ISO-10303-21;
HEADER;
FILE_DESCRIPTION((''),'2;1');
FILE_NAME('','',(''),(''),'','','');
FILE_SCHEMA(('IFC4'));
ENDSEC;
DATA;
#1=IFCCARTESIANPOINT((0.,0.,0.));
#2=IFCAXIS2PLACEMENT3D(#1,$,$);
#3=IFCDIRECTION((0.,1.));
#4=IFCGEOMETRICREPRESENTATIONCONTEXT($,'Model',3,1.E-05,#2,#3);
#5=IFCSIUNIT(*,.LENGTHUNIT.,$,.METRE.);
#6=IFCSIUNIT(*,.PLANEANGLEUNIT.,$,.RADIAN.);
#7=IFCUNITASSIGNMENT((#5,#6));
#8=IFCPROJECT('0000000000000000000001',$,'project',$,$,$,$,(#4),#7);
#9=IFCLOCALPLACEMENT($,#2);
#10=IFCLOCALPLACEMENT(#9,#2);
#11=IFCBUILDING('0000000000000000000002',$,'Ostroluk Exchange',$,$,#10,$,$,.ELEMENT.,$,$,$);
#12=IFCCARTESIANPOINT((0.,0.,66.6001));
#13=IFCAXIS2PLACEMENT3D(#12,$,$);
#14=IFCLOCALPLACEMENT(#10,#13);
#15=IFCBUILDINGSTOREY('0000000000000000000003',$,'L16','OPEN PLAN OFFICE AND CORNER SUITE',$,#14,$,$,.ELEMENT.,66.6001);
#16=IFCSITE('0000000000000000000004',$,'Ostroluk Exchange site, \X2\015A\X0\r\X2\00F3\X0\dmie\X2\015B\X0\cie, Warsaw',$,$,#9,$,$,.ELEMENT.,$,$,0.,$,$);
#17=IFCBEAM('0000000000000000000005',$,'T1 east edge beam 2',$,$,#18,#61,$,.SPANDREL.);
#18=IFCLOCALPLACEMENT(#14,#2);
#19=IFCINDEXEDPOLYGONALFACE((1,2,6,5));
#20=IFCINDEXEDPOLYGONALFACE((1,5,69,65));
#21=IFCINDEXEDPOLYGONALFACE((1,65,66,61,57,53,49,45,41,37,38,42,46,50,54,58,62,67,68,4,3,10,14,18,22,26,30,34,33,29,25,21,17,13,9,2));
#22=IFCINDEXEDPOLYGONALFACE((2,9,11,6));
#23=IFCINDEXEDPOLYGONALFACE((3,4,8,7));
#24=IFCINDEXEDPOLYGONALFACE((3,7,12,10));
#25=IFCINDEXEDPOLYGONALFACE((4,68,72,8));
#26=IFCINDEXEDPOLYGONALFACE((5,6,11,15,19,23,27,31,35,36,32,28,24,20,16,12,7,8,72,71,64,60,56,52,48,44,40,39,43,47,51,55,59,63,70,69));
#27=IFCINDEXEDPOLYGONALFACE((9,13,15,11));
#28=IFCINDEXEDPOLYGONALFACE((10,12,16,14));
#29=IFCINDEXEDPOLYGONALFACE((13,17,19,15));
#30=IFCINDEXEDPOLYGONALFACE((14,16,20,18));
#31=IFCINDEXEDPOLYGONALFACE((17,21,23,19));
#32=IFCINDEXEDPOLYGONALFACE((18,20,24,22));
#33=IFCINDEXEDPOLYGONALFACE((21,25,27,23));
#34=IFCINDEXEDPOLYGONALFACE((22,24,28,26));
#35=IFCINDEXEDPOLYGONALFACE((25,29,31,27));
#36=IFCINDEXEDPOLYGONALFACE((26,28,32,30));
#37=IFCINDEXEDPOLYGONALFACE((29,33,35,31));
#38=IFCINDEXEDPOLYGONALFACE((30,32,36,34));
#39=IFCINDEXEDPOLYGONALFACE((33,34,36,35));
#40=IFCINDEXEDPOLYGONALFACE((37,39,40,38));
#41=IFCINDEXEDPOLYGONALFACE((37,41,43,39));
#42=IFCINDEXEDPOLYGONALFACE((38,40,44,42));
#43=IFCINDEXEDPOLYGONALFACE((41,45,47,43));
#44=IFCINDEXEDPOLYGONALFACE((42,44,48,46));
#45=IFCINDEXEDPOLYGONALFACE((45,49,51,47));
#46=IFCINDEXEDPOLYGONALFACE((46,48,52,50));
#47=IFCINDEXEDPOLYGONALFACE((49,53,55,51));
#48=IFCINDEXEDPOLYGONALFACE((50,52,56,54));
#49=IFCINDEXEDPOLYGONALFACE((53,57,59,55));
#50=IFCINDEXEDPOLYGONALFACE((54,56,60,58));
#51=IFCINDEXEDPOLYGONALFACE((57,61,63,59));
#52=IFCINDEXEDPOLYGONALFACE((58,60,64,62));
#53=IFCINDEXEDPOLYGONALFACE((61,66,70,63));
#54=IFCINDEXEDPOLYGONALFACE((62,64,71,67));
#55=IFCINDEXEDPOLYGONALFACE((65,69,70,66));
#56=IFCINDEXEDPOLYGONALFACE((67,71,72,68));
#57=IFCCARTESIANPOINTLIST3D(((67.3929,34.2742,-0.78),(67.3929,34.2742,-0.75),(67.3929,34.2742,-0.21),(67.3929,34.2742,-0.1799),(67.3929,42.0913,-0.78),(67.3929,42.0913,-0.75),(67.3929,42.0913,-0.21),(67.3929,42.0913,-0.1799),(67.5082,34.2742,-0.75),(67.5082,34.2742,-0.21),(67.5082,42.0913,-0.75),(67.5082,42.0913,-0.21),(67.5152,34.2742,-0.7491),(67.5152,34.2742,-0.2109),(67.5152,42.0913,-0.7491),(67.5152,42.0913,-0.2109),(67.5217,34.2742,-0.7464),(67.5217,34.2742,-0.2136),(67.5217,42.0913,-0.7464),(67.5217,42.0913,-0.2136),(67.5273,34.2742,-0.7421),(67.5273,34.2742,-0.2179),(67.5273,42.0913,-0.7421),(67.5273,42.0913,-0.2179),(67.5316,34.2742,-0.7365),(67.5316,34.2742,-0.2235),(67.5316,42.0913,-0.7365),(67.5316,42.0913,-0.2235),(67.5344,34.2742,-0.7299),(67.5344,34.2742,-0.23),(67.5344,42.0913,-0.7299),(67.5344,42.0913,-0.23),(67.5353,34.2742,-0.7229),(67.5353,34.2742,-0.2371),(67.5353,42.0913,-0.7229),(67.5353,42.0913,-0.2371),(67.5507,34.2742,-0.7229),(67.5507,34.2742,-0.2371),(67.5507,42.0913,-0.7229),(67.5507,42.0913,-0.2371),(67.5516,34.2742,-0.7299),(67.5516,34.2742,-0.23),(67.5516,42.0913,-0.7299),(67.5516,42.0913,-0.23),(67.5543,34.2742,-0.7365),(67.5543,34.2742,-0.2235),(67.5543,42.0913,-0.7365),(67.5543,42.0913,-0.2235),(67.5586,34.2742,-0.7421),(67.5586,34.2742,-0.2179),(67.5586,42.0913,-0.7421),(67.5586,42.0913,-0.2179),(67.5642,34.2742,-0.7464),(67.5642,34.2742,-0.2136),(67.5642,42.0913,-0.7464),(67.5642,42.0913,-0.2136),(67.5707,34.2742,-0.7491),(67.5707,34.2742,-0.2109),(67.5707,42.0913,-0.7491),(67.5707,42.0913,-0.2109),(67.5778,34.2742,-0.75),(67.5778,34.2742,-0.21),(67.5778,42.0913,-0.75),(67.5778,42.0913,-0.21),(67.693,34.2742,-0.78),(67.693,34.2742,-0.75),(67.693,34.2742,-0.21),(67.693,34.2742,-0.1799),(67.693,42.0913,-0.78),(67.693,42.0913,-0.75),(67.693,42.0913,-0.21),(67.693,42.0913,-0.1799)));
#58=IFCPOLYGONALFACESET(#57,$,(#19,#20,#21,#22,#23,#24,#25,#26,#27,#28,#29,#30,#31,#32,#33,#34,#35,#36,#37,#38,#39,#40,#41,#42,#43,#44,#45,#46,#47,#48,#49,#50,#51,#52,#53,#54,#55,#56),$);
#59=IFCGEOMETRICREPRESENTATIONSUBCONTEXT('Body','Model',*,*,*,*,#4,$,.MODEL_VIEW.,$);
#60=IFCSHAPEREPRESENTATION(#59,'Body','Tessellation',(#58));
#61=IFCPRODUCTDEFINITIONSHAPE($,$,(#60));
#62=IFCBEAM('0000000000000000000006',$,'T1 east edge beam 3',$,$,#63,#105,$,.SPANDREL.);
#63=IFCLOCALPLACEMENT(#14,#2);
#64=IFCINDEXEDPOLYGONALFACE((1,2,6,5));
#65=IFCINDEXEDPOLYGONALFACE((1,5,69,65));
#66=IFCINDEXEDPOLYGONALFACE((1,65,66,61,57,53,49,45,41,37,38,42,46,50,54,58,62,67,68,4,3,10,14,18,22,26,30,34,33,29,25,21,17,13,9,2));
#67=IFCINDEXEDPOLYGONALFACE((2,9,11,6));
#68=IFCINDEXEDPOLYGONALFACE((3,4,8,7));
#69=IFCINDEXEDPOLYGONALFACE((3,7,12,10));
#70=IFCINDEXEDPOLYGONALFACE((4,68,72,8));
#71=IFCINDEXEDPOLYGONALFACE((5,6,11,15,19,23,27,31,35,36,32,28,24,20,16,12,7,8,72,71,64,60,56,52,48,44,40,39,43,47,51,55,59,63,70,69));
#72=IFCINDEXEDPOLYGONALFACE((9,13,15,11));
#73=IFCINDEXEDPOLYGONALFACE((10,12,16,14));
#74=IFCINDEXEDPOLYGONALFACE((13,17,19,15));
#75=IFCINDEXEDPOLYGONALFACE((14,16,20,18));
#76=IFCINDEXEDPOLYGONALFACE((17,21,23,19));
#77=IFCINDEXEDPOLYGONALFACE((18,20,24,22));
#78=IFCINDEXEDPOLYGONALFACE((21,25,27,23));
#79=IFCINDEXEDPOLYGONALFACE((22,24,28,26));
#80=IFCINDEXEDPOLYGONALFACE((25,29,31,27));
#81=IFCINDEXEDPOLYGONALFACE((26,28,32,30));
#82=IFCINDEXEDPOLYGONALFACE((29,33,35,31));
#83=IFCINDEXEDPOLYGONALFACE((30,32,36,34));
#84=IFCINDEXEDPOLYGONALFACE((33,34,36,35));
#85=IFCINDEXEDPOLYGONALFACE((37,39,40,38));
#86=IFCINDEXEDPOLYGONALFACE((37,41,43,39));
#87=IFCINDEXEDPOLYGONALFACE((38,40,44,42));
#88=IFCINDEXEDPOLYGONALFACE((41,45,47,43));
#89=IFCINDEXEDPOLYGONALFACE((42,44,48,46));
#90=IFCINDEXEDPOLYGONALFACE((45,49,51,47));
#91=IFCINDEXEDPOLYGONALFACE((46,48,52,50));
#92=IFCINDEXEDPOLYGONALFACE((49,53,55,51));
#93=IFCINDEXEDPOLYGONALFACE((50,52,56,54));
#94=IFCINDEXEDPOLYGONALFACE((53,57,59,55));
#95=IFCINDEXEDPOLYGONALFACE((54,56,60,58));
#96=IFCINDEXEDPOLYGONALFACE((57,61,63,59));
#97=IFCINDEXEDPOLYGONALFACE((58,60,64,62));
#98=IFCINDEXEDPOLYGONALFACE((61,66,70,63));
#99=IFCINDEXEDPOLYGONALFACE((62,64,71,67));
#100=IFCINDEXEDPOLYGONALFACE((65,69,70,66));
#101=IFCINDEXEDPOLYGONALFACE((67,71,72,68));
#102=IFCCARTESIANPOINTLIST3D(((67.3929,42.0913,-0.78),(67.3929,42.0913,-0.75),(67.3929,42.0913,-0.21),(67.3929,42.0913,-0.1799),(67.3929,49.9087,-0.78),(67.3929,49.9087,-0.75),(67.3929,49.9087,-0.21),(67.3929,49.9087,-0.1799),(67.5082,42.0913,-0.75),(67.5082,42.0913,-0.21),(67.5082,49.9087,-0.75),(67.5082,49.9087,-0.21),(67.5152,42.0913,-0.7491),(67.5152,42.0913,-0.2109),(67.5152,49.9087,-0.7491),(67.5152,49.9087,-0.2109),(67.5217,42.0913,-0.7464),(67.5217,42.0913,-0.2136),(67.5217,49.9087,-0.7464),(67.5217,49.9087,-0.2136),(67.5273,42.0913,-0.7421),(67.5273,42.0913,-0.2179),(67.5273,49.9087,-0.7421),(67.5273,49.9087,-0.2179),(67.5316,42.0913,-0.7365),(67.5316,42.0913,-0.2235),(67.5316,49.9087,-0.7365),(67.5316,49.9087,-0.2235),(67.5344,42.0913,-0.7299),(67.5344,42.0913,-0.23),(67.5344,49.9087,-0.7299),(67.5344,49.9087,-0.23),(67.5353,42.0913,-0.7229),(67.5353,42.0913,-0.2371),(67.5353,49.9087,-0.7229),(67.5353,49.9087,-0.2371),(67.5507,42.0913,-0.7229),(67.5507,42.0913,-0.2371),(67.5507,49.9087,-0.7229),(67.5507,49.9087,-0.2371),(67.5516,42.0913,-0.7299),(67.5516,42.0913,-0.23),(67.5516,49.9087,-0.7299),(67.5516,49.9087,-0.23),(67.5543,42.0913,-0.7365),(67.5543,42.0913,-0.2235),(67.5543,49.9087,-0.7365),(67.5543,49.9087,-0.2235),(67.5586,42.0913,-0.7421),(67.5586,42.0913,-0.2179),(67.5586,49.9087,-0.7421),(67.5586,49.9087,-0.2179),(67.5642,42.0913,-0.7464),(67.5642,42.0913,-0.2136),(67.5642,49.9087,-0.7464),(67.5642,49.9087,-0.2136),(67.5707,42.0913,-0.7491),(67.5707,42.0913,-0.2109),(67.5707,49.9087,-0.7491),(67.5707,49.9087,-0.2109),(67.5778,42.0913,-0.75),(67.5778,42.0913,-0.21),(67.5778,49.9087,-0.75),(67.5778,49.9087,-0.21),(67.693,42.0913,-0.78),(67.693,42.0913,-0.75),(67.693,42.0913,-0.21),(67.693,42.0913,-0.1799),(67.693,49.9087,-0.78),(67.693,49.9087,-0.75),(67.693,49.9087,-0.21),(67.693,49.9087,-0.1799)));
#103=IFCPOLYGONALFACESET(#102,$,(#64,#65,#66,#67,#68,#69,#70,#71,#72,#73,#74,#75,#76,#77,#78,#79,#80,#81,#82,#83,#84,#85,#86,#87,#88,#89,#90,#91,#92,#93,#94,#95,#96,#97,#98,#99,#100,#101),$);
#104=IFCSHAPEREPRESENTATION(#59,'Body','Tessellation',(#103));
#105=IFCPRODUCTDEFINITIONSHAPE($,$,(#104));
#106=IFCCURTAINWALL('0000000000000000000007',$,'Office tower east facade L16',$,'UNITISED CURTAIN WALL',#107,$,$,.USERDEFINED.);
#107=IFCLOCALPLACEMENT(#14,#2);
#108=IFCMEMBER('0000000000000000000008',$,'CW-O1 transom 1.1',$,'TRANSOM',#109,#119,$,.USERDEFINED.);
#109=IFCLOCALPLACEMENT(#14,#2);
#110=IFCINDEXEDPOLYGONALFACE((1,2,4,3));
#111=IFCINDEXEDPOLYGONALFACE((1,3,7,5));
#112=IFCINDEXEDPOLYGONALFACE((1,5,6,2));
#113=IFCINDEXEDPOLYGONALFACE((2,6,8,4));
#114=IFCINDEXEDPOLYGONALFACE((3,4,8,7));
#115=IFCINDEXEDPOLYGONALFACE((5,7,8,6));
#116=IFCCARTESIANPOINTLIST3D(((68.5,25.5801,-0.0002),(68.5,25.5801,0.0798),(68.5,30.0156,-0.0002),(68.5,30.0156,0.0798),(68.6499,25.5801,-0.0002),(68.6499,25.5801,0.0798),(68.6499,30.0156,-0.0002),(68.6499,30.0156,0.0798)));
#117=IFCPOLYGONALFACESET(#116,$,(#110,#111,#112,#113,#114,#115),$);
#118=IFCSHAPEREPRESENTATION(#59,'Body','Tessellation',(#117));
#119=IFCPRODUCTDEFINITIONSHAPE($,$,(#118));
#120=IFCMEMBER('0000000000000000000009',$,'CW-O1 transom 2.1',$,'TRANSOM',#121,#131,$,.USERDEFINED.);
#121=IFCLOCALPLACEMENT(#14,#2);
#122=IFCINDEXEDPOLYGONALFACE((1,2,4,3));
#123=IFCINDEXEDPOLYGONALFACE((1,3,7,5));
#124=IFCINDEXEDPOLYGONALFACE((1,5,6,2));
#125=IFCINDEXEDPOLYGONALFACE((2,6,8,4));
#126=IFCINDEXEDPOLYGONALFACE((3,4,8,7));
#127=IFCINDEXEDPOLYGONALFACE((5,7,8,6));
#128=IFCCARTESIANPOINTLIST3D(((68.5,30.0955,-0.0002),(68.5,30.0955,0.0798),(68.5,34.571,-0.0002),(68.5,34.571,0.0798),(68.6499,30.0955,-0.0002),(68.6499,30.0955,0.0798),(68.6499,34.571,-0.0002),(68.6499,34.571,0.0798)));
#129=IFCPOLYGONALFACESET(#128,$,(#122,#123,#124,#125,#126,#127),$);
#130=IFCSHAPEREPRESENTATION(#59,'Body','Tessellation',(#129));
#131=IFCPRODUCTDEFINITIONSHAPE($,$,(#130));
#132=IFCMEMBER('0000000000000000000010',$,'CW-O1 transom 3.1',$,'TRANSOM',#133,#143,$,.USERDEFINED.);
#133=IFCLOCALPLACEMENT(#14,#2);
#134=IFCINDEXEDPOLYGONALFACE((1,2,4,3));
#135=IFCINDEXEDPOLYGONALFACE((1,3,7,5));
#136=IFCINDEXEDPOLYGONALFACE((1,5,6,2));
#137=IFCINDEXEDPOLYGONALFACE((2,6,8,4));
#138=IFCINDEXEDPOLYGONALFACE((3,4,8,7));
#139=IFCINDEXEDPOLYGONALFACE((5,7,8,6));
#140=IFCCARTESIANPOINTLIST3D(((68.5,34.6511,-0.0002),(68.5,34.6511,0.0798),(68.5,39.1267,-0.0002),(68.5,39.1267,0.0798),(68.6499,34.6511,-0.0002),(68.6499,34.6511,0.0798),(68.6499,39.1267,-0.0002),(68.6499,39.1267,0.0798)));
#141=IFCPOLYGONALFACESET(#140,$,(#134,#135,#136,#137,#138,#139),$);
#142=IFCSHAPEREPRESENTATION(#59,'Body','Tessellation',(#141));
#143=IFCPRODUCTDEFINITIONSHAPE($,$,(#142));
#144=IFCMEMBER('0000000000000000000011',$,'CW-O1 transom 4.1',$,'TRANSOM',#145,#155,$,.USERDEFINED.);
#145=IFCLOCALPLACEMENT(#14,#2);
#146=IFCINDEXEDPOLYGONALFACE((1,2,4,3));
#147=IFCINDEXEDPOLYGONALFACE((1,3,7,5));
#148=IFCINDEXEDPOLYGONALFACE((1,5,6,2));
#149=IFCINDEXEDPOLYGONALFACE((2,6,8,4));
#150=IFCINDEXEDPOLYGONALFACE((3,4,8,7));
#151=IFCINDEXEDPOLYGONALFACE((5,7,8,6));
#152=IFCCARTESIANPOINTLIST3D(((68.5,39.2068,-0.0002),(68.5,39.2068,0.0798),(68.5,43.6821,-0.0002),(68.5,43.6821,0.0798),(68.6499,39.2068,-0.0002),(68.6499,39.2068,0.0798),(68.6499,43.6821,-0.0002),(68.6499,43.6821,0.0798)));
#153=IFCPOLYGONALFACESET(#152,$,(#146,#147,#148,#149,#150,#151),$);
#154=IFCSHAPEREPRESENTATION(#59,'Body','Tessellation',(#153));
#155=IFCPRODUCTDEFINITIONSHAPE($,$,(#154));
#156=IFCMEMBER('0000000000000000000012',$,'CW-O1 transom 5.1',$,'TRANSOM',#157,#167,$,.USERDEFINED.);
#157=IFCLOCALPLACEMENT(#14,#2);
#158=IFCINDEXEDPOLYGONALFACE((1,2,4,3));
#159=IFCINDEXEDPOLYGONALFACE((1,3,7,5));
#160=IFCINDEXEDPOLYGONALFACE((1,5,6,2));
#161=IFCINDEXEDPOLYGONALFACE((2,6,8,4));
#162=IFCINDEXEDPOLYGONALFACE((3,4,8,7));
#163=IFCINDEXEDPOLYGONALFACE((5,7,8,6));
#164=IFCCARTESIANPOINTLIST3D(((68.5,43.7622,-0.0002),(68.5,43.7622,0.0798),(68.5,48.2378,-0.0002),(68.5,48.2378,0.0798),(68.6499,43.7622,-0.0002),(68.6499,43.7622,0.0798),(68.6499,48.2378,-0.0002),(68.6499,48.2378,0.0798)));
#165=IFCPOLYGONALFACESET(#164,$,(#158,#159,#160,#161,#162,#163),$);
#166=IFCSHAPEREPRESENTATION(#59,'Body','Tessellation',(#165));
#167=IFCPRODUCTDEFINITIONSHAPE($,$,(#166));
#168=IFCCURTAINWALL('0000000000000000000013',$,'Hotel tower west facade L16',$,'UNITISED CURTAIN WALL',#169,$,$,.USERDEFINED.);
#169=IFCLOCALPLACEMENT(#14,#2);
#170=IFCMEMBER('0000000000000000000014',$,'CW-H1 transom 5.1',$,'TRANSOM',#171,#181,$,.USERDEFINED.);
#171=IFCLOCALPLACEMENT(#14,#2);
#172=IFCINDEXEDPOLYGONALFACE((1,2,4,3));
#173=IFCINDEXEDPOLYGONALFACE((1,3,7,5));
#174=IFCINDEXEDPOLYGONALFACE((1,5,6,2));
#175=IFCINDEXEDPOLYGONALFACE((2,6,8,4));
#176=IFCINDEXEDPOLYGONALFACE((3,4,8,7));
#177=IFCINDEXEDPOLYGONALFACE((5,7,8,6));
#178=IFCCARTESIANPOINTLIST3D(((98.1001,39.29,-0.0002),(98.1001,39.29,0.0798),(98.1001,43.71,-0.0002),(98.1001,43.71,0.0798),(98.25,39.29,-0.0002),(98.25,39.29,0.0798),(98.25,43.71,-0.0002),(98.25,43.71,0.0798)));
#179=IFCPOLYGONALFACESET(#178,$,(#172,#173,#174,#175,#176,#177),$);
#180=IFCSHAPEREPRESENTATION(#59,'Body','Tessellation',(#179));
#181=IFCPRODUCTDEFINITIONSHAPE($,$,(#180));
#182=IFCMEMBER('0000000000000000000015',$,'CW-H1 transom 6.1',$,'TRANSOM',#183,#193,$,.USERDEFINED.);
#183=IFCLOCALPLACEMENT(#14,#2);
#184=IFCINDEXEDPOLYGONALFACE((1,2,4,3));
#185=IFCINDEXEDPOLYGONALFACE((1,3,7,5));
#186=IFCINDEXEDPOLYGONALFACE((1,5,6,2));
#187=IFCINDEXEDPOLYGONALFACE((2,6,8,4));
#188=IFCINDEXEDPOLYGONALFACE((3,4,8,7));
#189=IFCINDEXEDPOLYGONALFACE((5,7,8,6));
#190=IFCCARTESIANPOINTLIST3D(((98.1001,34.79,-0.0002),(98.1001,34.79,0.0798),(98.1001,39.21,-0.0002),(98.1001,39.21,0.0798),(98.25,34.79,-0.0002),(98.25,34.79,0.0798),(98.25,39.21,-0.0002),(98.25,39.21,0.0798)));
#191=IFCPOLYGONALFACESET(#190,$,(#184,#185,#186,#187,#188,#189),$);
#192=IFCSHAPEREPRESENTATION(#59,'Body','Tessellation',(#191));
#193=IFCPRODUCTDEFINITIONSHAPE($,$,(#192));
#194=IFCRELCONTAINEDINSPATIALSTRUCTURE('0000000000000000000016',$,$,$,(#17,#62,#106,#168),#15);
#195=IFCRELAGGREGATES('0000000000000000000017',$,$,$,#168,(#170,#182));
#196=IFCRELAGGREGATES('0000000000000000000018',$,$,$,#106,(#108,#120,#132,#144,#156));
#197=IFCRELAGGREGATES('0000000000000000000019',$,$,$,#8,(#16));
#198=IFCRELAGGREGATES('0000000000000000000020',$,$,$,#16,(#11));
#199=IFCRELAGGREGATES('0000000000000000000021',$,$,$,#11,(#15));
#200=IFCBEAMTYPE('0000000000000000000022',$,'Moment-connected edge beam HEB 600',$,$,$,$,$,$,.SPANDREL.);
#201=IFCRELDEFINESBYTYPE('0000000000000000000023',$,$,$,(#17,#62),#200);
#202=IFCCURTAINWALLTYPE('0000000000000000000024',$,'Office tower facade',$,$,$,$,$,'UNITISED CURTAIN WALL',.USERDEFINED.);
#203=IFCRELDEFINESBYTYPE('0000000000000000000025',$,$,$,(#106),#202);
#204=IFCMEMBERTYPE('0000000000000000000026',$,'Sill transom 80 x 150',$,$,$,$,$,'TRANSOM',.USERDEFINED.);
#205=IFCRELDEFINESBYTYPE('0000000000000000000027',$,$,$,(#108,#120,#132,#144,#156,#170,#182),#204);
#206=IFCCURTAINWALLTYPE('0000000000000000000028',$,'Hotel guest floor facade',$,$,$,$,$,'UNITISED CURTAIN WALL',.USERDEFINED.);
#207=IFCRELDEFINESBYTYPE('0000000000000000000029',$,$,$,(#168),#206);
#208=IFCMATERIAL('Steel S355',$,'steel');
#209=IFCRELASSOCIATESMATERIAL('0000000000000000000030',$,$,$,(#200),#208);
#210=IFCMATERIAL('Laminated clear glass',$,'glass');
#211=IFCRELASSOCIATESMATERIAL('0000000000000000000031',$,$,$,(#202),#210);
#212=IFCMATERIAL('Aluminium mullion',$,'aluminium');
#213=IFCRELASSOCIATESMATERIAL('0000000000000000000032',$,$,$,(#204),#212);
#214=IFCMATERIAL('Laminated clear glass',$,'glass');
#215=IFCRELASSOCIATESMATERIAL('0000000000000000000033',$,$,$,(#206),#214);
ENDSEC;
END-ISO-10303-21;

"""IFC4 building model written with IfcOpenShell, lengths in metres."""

from ifc_helpers import new_model, si_unit, direction, frame, origin, origin_2d, place, context, subcontext, project, spatial, rectangle, i_section, extrude, material, material_profile, profile_set, type_object, element, aggregate, save


model = new_model("IFC4")

# Units and contexts
model_context = context("Model", 3, precision=1e-05, world=origin(), true_north=direction((0.0, 1.0)))
body_context = subcontext(model_context, "Body", "Model", "MODEL_VIEW")
ifc_project = project(units=[si_unit("LENGTHUNIT", "METRE"), si_unit("PLANEANGLEUNIT", "RADIAN")], contexts=[model_context])

# Site, building, storey
site_placement = place(None, origin())
site = spatial("IfcSite", under=ifc_project, at=site_placement, Name="Ostroluk Exchange site, Śródmieście, Warsaw", CompositionType="ELEMENT", RefElevation=0.0)
building_placement = place(site_placement, origin())
building = spatial("IfcBuilding", under=site, at=building_placement, Name="Ostroluk Exchange", CompositionType="ELEMENT")
storey_placement = place(building_placement, frame((0.0, 0.0, 66.6001)))
storey = spatial("IfcBuildingStorey", under=building, at=storey_placement, Name="L16", Description="OPEN PLAN OFFICE AND CORNER SUITE", CompositionType="ELEMENT", Elevation=66.6001)

# Beams
ifc_material_1 = material(Name="Steel S355", Category="steel")
ifc_material_profile_1 = material_profile(ifc_material_1, i_section(OverallWidth=0.3, OverallDepth=0.6001, WebThickness=0.0154, FlangeThickness=0.03, FilletRadius=0.0271, at=origin_2d()), Name="HEB 600")
ifc_profile_set_1 = profile_set([ifc_material_profile_1], Name="Steel S355")
beam_type_1 = type_object("IfcBeamType", Name="Moment-connected edge beam HEB 600", PredefinedType="SPANDREL", material=ifc_profile_set_1)
for number, where, z_axis, x_axis, name in (
    (1, (67.543, 34.2742, -0.48), (0.0, 1.0, 0.0), (-1.0, 0.0, 0.0), "T1 east edge beam 2"),
):
    element("IfcBeam", number, at=place(storey_placement, frame(where, z_axis=z_axis, x_axis=x_axis)), inside=storey, type_object=beam_type_1, Name=name, PredefinedType="SPANDREL", context=body_context, shape_type="SweptSolid", body=[
        extrude(i_section(OverallWidth=0.3, OverallDepth=0.6001, WebThickness=0.0154, FlangeThickness=0.03, FilletRadius=0.0271, at=origin_2d()), origin(), (0.0, 0.0, 1.0), 7.8171),
    ])
beam_1_placement = place(storey_placement, frame((67.543, 42.0913, -0.48), z_axis=(0.0, 1.0, 0.0), x_axis=(-1.0, 0.0, 0.0)))
element("IfcBeam", 2, at=beam_1_placement, inside=storey, type_object=beam_type_1, Name="T1 east edge beam 3", PredefinedType="SPANDREL", context=body_context, shape_type="SweptSolid", body=[
    extrude(i_section(OverallWidth=0.3, OverallDepth=0.6001, WebThickness=0.0154, FlangeThickness=0.03, FilletRadius=0.0271, at=origin_2d()), origin(), (0.0, 0.0, 1.0), 7.8174),
])

# Curtain walls, members
ifc_material_2 = material(Name="Laminated clear glass", Category="glass")
curtain_wall_type_1 = type_object("IfcCurtainWallType", Name="Office tower facade", ElementType="UNITISED CURTAIN WALL", PredefinedType="USERDEFINED", material=ifc_material_2)
curtain_wall_1_placement = place(storey_placement, origin())
curtain_wall_1 = element("IfcCurtainWall", 3, at=curtain_wall_1_placement, inside=storey, type_object=curtain_wall_type_1, Name="Office tower east facade L16", ObjectType="UNITISED CURTAIN WALL", PredefinedType="USERDEFINED")
ifc_material_3 = material(Name="Aluminium mullion", Category="aluminium")
ifc_material_profile_2 = material_profile(ifc_material_3, rectangle(XDim=0.1499, YDim=0.0801, at=origin_2d()), Name="Sill transom 80 x 150")
ifc_profile_set_2 = profile_set([ifc_material_profile_2], Name="Aluminium mullion")
member_type_1 = type_object("IfcMemberType", Name="Sill transom 80 x 150", ElementType="TRANSOM", PredefinedType="USERDEFINED", material=ifc_profile_set_2)
member_1_placement = place(storey_placement, frame((68.575, 25.5801, 0.0398), z_axis=(0.0, 1.0, 0.0), x_axis=(-1.0, 0.0, 0.0)))
member_1 = element("IfcMember", 4, at=member_1_placement, type_object=member_type_1, Name="CW-O1 transom 1.1", ObjectType="TRANSOM", PredefinedType="USERDEFINED", context=body_context, shape_type="SweptSolid", body=[
    extrude(rectangle(XDim=0.1499, YDim=0.0801, at=origin_2d()), origin(), (0.0, 0.0, 1.0), 4.4355),
])
member_2_placement = place(storey_placement, frame((68.575, 30.0955, 0.0398), z_axis=(0.0, 1.0, 0.0), x_axis=(-1.0, 0.0, 0.0)))
member_2 = element("IfcMember", 5, at=member_2_placement, type_object=member_type_1, Name="CW-O1 transom 2.1", ObjectType="TRANSOM", PredefinedType="USERDEFINED", context=body_context, shape_type="SweptSolid", body=[
    extrude(rectangle(XDim=0.1499, YDim=0.0801, at=origin_2d()), origin(), (0.0, 0.0, 1.0), 4.4756),
])
member_3_placement = place(storey_placement, frame((68.575, 34.6511, 0.0398), z_axis=(0.0, 1.0, 0.0), x_axis=(-1.0, 0.0, 0.0)))
member_3 = element("IfcMember", 6, at=member_3_placement, type_object=member_type_1, Name="CW-O1 transom 3.1", ObjectType="TRANSOM", PredefinedType="USERDEFINED", context=body_context, shape_type="SweptSolid", body=[
    extrude(rectangle(XDim=0.1499, YDim=0.0801, at=origin_2d()), origin(), (0.0, 0.0, 1.0), 4.4756),
])
member_4_placement = place(storey_placement, frame((68.575, 39.2068, 0.0398), z_axis=(0.0, 1.0, 0.0), x_axis=(-1.0, 0.0, 0.0)))
member_4 = element("IfcMember", 7, at=member_4_placement, type_object=member_type_1, Name="CW-O1 transom 4.1", ObjectType="TRANSOM", PredefinedType="USERDEFINED", context=body_context, shape_type="SweptSolid", body=[
    extrude(rectangle(XDim=0.1499, YDim=0.0801, at=origin_2d()), origin(), (0.0, 0.0, 1.0), 4.4753),
])
member_5_placement = place(storey_placement, frame((68.575, 43.7622, 0.0398), z_axis=(0.0, 1.0, 0.0), x_axis=(-1.0, 0.0, 0.0)))
member_5 = element("IfcMember", 8, at=member_5_placement, type_object=member_type_1, Name="CW-O1 transom 5.1", ObjectType="TRANSOM", PredefinedType="USERDEFINED", context=body_context, shape_type="SweptSolid", body=[
    extrude(rectangle(XDim=0.1499, YDim=0.0801, at=origin_2d()), origin(), (0.0, 0.0, 1.0), 4.4756),
])
ifc_material_4 = material(Name="Laminated clear glass", Category="glass")
curtain_wall_type_2 = type_object("IfcCurtainWallType", Name="Hotel guest floor facade", ElementType="UNITISED CURTAIN WALL", PredefinedType="USERDEFINED", material=ifc_material_4)
curtain_wall_2_placement = place(storey_placement, origin())
curtain_wall_2 = element("IfcCurtainWall", 9, at=curtain_wall_2_placement, inside=storey, type_object=curtain_wall_type_2, Name="Hotel tower west facade L16", ObjectType="UNITISED CURTAIN WALL", PredefinedType="USERDEFINED")
member_6_placement = place(storey_placement, frame((98.175, 43.71, 0.0398), z_axis=(0.0, -1.0, 0.0), x_axis=(1.0, 0.0, 0.0)))
member_6 = element("IfcMember", 10, at=member_6_placement, type_object=member_type_1, Name="CW-H1 transom 5.1", ObjectType="TRANSOM", PredefinedType="USERDEFINED", context=body_context, shape_type="SweptSolid", body=[
    extrude(rectangle(XDim=0.1499, YDim=0.0801, at=origin_2d()), origin(), (0.0, 0.0, 1.0), 4.4199),
])
member_7_placement = place(storey_placement, frame((98.175, 39.21, 0.0398), z_axis=(0.0, -1.0, 0.0), x_axis=(1.0, 0.0, 0.0)))
member_7 = element("IfcMember", 11, at=member_7_placement, type_object=member_type_1, Name="CW-H1 transom 6.1", ObjectType="TRANSOM", PredefinedType="USERDEFINED", context=body_context, shape_type="SweptSolid", body=[
    extrude(rectangle(XDim=0.1499, YDim=0.0801, at=origin_2d()), origin(), (0.0, 0.0, 1.0), 4.4199),
])

aggregate(curtain_wall_2, [member_6, member_7])
aggregate(curtain_wall_1, [member_1, member_2, member_3, member_4, member_5])

save(model, "model.ifc")
